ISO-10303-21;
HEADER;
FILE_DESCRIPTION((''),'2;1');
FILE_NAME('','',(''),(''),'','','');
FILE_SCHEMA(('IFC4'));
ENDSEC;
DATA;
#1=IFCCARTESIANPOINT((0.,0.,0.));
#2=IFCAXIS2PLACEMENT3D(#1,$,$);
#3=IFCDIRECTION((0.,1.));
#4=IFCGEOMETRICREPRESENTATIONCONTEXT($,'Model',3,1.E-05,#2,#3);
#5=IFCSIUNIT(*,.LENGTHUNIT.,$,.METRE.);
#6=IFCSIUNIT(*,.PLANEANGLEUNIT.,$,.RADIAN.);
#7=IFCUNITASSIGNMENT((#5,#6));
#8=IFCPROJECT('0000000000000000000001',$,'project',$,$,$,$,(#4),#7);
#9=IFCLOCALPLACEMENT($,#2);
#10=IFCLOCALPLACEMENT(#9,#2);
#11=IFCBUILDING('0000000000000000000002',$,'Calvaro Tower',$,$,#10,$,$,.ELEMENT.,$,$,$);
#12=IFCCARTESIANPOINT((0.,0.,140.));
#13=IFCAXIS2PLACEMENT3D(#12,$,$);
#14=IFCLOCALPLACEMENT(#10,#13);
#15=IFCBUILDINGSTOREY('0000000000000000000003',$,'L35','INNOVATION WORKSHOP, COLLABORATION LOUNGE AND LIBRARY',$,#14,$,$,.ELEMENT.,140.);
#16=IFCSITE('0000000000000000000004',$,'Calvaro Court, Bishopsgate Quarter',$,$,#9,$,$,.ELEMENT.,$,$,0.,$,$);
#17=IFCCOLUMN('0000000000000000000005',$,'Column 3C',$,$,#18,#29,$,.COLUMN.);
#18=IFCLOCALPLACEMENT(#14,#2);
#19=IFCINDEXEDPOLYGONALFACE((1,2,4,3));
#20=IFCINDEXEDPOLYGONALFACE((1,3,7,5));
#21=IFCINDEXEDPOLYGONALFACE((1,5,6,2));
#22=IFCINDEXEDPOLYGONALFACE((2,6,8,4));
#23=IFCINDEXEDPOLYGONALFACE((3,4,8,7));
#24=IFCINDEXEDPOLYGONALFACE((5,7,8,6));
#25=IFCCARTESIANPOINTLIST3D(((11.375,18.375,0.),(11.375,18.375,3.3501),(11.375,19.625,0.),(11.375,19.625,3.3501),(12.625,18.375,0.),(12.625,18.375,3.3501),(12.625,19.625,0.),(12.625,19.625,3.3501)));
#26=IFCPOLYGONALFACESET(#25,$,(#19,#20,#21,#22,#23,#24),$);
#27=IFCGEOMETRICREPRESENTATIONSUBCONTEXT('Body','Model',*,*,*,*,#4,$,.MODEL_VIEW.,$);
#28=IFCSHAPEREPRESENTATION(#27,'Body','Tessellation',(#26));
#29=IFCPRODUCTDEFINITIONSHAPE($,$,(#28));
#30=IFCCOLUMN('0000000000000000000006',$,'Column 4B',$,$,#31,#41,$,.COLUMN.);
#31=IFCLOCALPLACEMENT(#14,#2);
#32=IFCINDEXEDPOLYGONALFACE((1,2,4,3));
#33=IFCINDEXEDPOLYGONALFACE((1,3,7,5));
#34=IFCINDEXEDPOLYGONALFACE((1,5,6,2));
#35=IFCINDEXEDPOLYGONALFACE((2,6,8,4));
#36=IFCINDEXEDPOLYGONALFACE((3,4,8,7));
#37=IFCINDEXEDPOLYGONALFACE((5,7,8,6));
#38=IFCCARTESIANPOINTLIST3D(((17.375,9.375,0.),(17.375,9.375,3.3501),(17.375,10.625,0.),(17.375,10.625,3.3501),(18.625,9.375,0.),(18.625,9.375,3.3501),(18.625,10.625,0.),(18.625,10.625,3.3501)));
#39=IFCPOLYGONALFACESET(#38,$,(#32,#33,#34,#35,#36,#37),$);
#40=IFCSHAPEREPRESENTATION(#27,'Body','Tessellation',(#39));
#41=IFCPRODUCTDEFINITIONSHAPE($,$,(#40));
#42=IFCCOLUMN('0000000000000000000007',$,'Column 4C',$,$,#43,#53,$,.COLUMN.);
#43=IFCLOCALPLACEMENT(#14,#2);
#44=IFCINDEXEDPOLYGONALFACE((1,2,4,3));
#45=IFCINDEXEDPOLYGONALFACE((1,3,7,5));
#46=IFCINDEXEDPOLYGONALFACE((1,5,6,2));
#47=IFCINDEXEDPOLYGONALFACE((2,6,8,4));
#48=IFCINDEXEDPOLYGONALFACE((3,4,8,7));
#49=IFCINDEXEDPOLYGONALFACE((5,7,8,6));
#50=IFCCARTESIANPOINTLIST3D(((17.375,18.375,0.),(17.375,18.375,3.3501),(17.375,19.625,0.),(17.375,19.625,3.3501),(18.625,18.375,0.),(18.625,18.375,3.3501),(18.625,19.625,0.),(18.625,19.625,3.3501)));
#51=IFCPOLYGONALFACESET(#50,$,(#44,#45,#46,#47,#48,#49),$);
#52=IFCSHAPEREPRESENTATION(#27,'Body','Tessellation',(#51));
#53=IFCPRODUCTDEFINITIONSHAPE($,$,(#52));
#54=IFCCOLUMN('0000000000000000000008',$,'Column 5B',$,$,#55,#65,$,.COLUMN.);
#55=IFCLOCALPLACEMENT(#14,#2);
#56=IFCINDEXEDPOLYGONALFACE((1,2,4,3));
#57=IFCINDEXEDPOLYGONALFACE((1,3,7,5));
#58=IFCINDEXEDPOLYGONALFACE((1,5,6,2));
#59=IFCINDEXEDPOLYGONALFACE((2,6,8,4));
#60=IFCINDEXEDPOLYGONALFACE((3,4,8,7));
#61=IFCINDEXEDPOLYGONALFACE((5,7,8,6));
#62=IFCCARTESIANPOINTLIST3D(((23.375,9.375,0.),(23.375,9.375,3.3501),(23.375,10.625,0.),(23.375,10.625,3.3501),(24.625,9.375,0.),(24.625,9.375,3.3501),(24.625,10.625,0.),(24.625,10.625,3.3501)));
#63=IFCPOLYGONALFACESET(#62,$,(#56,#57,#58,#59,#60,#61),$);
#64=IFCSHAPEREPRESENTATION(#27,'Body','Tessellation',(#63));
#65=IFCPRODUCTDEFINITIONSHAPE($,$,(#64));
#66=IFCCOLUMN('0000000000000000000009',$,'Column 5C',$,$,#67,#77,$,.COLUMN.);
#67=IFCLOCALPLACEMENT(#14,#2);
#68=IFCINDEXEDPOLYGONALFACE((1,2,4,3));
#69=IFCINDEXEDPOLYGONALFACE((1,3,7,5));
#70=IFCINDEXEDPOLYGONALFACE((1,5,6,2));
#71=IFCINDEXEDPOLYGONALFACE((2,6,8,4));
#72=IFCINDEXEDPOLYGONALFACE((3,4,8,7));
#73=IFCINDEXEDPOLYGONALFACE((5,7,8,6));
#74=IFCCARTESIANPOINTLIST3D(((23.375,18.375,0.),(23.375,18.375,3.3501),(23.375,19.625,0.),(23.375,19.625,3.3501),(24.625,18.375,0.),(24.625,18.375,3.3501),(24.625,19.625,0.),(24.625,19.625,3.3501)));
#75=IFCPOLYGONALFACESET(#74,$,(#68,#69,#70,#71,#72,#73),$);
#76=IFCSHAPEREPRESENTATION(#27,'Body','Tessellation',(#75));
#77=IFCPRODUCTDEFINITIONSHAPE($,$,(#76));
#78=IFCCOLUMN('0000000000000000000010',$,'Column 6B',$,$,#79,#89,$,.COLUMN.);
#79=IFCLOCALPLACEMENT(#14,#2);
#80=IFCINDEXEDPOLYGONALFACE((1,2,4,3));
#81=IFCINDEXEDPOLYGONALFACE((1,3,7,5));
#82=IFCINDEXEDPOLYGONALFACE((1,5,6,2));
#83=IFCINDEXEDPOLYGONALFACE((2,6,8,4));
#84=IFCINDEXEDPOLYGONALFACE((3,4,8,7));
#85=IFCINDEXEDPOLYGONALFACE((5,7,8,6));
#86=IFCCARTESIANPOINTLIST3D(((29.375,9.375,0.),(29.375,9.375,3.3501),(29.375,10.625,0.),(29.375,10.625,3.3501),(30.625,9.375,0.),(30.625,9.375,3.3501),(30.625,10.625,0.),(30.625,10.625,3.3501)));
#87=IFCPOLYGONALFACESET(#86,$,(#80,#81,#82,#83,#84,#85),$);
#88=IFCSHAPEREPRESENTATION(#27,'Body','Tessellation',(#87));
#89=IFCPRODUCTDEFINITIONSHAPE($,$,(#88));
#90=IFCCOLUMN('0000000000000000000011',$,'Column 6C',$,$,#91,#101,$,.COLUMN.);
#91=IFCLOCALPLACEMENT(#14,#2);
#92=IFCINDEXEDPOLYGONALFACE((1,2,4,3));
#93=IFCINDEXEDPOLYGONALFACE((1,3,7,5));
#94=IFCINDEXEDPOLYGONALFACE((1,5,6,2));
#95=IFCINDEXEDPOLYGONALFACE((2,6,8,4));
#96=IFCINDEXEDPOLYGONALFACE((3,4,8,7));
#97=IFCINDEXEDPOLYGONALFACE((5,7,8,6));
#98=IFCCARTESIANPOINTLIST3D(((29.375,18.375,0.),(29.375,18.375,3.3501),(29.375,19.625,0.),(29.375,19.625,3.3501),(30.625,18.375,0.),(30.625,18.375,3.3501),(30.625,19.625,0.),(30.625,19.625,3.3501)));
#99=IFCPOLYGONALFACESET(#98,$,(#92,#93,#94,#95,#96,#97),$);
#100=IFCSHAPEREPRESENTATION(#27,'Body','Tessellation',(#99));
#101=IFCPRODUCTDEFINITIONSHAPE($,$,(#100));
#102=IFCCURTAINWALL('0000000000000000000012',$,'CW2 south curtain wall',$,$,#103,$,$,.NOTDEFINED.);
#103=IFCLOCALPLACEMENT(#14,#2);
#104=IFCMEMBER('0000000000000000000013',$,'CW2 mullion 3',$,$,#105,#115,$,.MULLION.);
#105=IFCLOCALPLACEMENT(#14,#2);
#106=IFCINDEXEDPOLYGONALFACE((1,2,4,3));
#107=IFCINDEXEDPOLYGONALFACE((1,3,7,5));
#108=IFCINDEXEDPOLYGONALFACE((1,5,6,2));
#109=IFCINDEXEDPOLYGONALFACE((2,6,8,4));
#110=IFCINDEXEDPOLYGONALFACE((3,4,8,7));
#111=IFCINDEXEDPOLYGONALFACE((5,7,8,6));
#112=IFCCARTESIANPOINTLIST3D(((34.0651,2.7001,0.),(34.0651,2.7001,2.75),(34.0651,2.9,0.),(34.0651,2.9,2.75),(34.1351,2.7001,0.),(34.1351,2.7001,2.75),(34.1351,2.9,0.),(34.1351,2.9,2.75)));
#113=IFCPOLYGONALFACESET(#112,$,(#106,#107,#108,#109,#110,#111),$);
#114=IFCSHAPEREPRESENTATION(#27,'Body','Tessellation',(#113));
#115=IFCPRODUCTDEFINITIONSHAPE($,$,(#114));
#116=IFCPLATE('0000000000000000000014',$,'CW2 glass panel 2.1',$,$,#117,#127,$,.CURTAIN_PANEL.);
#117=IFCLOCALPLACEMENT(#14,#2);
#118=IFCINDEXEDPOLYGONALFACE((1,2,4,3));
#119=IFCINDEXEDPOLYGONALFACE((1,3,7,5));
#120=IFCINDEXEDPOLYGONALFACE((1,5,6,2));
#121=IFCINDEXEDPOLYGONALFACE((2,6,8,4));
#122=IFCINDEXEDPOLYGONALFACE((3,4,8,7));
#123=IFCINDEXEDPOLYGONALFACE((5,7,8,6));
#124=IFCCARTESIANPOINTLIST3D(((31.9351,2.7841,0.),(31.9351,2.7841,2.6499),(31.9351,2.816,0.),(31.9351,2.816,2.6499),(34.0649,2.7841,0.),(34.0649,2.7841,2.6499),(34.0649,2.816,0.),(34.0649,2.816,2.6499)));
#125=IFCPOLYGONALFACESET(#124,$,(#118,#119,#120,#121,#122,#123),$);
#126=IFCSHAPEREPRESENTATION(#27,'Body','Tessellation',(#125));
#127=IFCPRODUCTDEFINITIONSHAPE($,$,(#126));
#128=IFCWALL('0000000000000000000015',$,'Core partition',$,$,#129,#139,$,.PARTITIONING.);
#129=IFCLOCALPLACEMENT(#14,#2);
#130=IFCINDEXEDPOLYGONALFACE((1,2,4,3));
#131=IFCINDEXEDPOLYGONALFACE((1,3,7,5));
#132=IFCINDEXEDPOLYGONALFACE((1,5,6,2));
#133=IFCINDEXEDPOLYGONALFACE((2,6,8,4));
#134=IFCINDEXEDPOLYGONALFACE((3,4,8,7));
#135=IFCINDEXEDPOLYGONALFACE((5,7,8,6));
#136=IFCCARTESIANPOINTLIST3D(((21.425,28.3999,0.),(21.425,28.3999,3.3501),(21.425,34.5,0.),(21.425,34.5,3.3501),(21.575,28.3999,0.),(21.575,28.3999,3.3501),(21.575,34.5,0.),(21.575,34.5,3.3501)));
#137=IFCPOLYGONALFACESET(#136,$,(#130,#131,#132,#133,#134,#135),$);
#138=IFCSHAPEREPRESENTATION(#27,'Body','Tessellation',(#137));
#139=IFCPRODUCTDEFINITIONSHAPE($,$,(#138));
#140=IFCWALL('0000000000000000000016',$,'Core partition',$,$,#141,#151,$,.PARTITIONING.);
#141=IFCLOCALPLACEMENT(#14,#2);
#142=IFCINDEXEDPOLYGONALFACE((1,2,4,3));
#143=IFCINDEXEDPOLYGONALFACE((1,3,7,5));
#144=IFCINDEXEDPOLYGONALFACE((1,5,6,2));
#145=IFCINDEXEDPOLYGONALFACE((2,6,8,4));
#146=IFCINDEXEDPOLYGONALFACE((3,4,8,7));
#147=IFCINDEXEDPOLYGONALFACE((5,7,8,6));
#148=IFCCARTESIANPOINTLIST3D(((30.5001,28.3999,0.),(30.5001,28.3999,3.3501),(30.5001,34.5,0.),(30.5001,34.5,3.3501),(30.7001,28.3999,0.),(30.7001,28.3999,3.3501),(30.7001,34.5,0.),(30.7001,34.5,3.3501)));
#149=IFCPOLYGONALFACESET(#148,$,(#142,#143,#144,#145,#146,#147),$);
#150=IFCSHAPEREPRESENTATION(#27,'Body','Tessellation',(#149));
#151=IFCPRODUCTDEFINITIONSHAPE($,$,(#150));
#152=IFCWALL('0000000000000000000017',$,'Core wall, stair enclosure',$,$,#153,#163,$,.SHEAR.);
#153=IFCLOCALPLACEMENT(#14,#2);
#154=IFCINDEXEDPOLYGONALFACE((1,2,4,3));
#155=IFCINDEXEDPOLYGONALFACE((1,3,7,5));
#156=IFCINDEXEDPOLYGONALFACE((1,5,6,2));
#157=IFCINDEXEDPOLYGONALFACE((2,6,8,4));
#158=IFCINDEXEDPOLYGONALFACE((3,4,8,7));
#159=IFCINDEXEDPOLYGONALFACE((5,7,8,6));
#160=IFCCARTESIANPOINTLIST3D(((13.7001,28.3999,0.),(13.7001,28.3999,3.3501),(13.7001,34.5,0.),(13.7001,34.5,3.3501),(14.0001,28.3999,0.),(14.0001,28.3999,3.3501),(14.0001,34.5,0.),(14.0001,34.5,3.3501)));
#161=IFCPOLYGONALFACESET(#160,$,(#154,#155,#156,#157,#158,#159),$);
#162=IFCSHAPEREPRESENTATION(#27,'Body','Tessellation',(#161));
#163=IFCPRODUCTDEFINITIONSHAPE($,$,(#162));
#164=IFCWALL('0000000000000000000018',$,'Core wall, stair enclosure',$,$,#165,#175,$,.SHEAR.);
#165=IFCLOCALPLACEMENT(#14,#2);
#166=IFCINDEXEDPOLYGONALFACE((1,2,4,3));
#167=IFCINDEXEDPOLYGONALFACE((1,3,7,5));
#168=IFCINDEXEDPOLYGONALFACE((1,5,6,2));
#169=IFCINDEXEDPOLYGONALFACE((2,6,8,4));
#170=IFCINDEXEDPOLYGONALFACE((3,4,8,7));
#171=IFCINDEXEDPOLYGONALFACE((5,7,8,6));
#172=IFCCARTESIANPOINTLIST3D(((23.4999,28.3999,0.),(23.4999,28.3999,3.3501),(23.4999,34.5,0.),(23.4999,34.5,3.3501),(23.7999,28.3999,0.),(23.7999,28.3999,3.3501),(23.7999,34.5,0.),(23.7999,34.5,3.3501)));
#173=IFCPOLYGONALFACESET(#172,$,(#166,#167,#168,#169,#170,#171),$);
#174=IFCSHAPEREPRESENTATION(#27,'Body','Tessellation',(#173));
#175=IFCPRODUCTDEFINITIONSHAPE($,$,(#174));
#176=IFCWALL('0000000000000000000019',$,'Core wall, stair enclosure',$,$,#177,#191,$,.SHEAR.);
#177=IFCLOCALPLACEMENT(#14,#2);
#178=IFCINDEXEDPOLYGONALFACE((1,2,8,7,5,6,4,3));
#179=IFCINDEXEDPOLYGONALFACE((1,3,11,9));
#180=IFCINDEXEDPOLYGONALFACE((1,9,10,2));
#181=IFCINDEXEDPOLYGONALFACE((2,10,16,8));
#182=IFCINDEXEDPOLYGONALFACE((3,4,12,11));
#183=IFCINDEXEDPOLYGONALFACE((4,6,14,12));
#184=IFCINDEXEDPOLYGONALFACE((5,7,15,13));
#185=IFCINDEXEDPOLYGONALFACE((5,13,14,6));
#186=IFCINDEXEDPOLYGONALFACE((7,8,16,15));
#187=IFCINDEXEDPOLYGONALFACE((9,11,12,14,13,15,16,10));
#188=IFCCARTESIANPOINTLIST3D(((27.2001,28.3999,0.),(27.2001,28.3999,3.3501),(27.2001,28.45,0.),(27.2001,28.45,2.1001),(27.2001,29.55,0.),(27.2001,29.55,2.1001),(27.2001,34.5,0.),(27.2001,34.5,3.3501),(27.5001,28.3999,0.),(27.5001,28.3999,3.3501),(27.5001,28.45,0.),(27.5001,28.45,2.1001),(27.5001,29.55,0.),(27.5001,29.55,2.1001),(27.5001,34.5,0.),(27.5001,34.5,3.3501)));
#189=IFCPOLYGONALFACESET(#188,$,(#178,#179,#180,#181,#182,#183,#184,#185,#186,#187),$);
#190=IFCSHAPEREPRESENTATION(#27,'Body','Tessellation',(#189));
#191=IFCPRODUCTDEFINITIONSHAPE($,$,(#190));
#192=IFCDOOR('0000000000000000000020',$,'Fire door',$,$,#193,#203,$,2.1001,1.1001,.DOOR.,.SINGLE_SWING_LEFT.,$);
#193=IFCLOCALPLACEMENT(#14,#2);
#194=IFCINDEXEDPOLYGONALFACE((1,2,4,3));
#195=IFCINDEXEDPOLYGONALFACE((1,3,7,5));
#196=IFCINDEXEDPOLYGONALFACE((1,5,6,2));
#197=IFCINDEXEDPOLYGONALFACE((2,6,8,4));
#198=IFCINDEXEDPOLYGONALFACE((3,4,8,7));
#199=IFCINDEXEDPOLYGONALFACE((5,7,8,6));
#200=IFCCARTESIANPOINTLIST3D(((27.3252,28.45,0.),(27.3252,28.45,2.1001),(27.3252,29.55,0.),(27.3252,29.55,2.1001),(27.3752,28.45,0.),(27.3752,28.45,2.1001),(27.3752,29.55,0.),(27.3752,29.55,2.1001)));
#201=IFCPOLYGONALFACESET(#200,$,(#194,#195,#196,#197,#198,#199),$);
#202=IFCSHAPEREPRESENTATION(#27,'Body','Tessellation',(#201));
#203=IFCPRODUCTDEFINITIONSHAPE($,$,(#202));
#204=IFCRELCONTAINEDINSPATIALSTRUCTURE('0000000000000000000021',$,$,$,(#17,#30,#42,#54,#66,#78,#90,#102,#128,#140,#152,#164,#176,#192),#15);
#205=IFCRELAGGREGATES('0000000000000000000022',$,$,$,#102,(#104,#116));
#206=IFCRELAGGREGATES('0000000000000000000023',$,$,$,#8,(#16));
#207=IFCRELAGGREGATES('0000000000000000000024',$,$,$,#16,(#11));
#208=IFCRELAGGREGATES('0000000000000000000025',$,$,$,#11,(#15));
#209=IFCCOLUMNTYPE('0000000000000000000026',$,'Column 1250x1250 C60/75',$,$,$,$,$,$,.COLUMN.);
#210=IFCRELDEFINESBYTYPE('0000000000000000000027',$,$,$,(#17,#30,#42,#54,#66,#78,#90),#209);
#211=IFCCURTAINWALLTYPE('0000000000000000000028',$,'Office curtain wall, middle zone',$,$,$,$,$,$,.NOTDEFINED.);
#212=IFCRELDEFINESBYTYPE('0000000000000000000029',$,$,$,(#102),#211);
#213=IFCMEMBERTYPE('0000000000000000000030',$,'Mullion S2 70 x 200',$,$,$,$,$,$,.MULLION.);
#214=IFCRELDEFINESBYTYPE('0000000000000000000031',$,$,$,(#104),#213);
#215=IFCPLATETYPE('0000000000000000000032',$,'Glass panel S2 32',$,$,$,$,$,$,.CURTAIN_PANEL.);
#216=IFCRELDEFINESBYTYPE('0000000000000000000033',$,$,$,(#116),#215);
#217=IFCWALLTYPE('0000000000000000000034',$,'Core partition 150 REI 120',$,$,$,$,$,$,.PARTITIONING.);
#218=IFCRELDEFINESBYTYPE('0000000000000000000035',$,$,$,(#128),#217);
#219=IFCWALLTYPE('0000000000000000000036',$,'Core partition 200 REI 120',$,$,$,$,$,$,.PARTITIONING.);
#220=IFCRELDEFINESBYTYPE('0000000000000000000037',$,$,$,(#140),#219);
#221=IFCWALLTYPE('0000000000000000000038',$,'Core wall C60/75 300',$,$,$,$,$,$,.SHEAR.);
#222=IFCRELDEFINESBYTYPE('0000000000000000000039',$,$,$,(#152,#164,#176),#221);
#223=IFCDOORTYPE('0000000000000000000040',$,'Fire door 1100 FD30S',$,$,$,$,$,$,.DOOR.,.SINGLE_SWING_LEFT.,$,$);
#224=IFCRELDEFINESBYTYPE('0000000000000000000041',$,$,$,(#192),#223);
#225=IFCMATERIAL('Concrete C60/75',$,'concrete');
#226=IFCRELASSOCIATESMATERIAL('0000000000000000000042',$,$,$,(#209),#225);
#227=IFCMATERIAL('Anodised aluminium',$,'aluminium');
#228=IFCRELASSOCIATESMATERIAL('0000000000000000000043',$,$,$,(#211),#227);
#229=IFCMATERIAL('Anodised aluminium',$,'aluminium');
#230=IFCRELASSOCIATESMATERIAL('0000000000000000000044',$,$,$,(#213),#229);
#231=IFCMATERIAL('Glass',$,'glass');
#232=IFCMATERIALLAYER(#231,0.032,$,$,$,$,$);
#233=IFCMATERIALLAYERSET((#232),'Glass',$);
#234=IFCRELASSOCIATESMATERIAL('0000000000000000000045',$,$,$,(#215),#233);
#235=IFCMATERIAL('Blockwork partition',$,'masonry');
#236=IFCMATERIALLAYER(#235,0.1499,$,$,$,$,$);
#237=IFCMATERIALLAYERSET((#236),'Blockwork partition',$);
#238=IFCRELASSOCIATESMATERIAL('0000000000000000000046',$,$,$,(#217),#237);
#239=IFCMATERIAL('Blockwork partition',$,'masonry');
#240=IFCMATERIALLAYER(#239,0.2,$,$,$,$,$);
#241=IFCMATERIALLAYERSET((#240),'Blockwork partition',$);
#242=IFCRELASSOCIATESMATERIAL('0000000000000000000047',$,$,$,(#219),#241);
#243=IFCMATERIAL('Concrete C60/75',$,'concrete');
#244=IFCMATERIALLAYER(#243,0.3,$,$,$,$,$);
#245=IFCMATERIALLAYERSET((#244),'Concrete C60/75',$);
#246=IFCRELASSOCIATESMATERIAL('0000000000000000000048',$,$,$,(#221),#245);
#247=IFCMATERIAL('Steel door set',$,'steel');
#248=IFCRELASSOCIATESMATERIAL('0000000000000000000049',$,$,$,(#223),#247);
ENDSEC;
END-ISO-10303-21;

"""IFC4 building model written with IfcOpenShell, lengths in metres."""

from ifc_helpers import new_model, si_unit, direction, frame, frame_2d, origin, origin_2d, place, context, subcontext, project, spatial, rectangle, extrude, material, layer, layer_set, material_profile, profile_set, type_object, element, fill, aggregate, save


model = new_model("IFC4")

# Units and contexts
model_context = context("Model", 3, precision=1e-05, world=origin(), true_north=direction((0.0, 1.0)))
body_context = subcontext(model_context, "Body", "Model", "MODEL_VIEW")
ifc_project = project(units=[si_unit("LENGTHUNIT", "METRE"), si_unit("PLANEANGLEUNIT", "RADIAN")], contexts=[model_context])

# Site, building, storey
site_placement = place(None, origin())
site = spatial("IfcSite", under=ifc_project, at=site_placement, Name="Calvaro Court, Bishopsgate Quarter", CompositionType="ELEMENT", RefElevation=0.0)
building_placement = place(site_placement, origin())
building = spatial("IfcBuilding", under=site, at=building_placement, Name="Calvaro Tower", CompositionType="ELEMENT")
storey_placement = place(building_placement, frame((0.0, 0.0, 140.0)))
storey = spatial("IfcBuildingStorey", under=building, at=storey_placement, Name="L35", Description="INNOVATION WORKSHOP, COLLABORATION LOUNGE AND LIBRARY", CompositionType="ELEMENT", Elevation=140.0)

# Columns
ifc_material_1 = material(Name="Concrete C60/75", Category="concrete")
ifc_material_profile_1 = material_profile(ifc_material_1, rectangle(XDim=1.25, YDim=1.25, at=origin_2d()), Name="RC 1250x1250")
ifc_profile_set_1 = profile_set([ifc_material_profile_1], Name="Concrete C60/75")
column_type = type_object("IfcColumnType", Name="Column 1250x1250 C60/75", PredefinedType="COLUMN", material=ifc_profile_set_1)
for number, where, z_axis, x_axis, name in (
    (1, (12.0, 19.0, 0.0), (0.0, 0.0, 1.0), (1.0, 0.0, 0.0), "Column 3C"),
    (2, (18.0, 10.0, 0.0), (0.0, 0.0, 1.0), (1.0, 0.0, 0.0), "Column 4B"),
    (3, (18.0, 19.0, 0.0), (0.0, 0.0, 1.0), (1.0, 0.0, 0.0), "Column 4C"),
    (4, (24.0, 10.0, 0.0), (0.0, 0.0, 1.0), (1.0, 0.0, 0.0), "Column 5B"),
    (5, (24.0, 19.0, 0.0), (0.0, 0.0, 1.0), (1.0, 0.0, 0.0), "Column 5C"),
    (6, (30.0, 10.0, 0.0), (0.0, 0.0, 1.0), (1.0, 0.0, 0.0), "Column 6B"),
    (7, (30.0, 19.0, 0.0), (0.0, 0.0, 1.0), (1.0, 0.0, 0.0), "Column 6C"),
):
    element("IfcColumn", number, at=place(storey_placement, frame(where, z_axis=z_axis, x_axis=x_axis)), inside=storey, type_object=column_type, Name=name, PredefinedType="COLUMN", context=body_context, shape_type="SweptSolid", body=[
        extrude(rectangle(XDim=1.25, YDim=1.25, at=origin_2d()), origin(), (0.0, 0.0, 1.0), 3.3501),
    ])

# Curtain wall, member, plate
ifc_material_2 = material(Name="Anodised aluminium", Category="aluminium")
curtain_wall_type = type_object("IfcCurtainWallType", Name="Office curtain wall, middle zone", PredefinedType="NOTDEFINED", material=ifc_material_2)
curtain_wall_placement = place(storey_placement, origin())
curtain_wall = element("IfcCurtainWall", 8, at=curtain_wall_placement, inside=storey, type_object=curtain_wall_type, Name="CW2 south curtain wall", PredefinedType="NOTDEFINED")
ifc_material_3 = material(Name="Anodised aluminium", Category="aluminium")
ifc_material_profile_2 = material_profile(ifc_material_3, rectangle(XDim=0.2, YDim=0.0701, at=origin_2d()), Name="Mullion S2 70 x 200")
ifc_profile_set_2 = profile_set([ifc_material_profile_2], Name="Anodised aluminium")
member_type = type_object("IfcMemberType", Name="Mullion S2 70 x 200", PredefinedType="MULLION", material=ifc_profile_set_2)
member_placement = place(storey_placement, frame((34.1001, 2.8, 0.0), z_axis=(0.0, 0.0, 1.0), x_axis=(0.0, 1.0, 0.0)))
member = element("IfcMember", 9, at=member_placement, type_object=member_type, Name="CW2 mullion 3", PredefinedType="MULLION", context=body_context, shape_type="SweptSolid", body=[
    extrude(rectangle(XDim=0.2, YDim=0.0701, at=origin_2d()), origin(), (0.0, 0.0, 1.0), 2.75),
])
ifc_material_4 = material(Name="Glass", Category="glass")
ifc_layer_1 = layer(ifc_material_4, 0.032)
ifc_layer_set_1 = layer_set([ifc_layer_1], Name="Glass")
plate_type = type_object("IfcPlateType", Name="Glass panel S2 32", PredefinedType="CURTAIN_PANEL", material=ifc_layer_set_1)
plate_placement = place(storey_placement, frame((33.0, 2.8, 0.0), z_axis=(0.0, 0.0, 1.0), x_axis=(1.0, 0.0, 0.0)))
plate = element("IfcPlate", 10, at=plate_placement, type_object=plate_type, Name="CW2 glass panel 2.1", PredefinedType="CURTAIN_PANEL", context=body_context, shape_type="SweptSolid", body=[
    extrude(rectangle(XDim=2.1299, YDim=0.032, at=origin_2d()), origin(), (0.0, 0.0, 1.0), 2.6499),
])
aggregate(curtain_wall, [member, plate])

# Walls
ifc_material_5 = material(Name="Blockwork partition", Category="masonry")
ifc_layer_2 = layer(ifc_material_5, 0.1499)
ifc_layer_set_2 = layer_set([ifc_layer_2], Name="Blockwork partition")
wall_type_1 = type_object("IfcWallType", Name="Core partition 150 REI 120", PredefinedType="PARTITIONING", material=ifc_layer_set_2)
wall_1_placement = place(storey_placement, frame((21.5, 28.3999, 0.0), z_axis=(0.0, 0.0, 1.0), x_axis=(0.0, 1.0, 0.0)))
element("IfcWall", 11, at=wall_1_placement, inside=storey, type_object=wall_type_1, Name="Core partition", PredefinedType="PARTITIONING", context=body_context, shape_type="SweptSolid", body=[
    extrude(rectangle(XDim=6.1001, YDim=0.1499, at=frame_2d((3.05, 0.0))), origin(), (0.0, 0.0, 1.0), 3.3501),
])
ifc_material_6 = material(Name="Blockwork partition", Category="masonry")
ifc_layer_3 = layer(ifc_material_6, 0.2)
ifc_layer_set_3 = layer_set([ifc_layer_3], Name="Blockwork partition")
wall_type_2 = type_object("IfcWallType", Name="Core partition 200 REI 120", PredefinedType="PARTITIONING", material=ifc_layer_set_3)
wall_2_placement = place(storey_placement, frame((30.6001, 28.3999, 0.0), z_axis=(0.0, 0.0, 1.0), x_axis=(0.0, 1.0, 0.0)))
element("IfcWall", 12, at=wall_2_placement, inside=storey, type_object=wall_type_2, Name="Core partition", PredefinedType="PARTITIONING", context=body_context, shape_type="SweptSolid", body=[
    extrude(rectangle(XDim=6.1001, YDim=0.2, at=frame_2d((3.05, 0.0))), origin(), (0.0, 0.0, 1.0), 3.3501),
])
ifc_material_7 = material(Name="Concrete C60/75", Category="concrete")
ifc_layer_4 = layer(ifc_material_7, 0.3)
ifc_layer_set_4 = layer_set([ifc_layer_4], Name="Concrete C60/75")
wall_type_3 = type_object("IfcWallType", Name="Core wall C60/75 300", PredefinedType="SHEAR", material=ifc_layer_set_4)
for number, where, z_axis, x_axis, name in (
    (13, (13.8501, 28.3999, 0.0), (0.0, 0.0, 1.0), (0.0, 1.0, 0.0), "Core wall, stair enclosure"),
    (14, (23.6499, 28.3999, 0.0), (0.0, 0.0, 1.0), (0.0, 1.0, 0.0), "Core wall, stair enclosure"),
):
    element("IfcWall", number, at=place(storey_placement, frame(where, z_axis=z_axis, x_axis=x_axis)), inside=storey, type_object=wall_type_3, Name=name, PredefinedType="SHEAR", context=body_context, shape_type="SweptSolid", body=[
        extrude(rectangle(XDim=6.1001, YDim=0.3, at=frame_2d((3.05, 0.0))), origin(), (0.0, 0.0, 1.0), 3.3501),
    ])

# Wall, opening, door
wall_3_placement = place(storey_placement, frame((27.3501, 28.3999, 0.0), z_axis=(0.0, 0.0, 1.0), x_axis=(0.0, 1.0, 0.0)))
wall_3 = element("IfcWall", 15, at=wall_3_placement, inside=storey, type_object=wall_type_3, Name="Core wall, stair enclosure", PredefinedType="SHEAR", context=body_context, shape_type="SweptSolid", body=[
    extrude(rectangle(XDim=6.1001, YDim=0.3, at=frame_2d((3.05, 0.0))), origin(), (0.0, 0.0, 1.0), 3.3501),
])
opening_1_placement = place(wall_3_placement, frame((0.05, 0.0, 0.0)))
opening_1 = element("IfcOpeningElement", 16, at=opening_1_placement, cuts=wall_3, PredefinedType="OPENING", context=body_context, shape_type="SweptSolid", body=[
    extrude(rectangle(XDim=1.1001, YDim=2.1001, at=frame_2d((0.55, 1.05))), frame((0.0, 0.1599, 0.0), z_axis=(0.0, -1.0, 0.0), x_axis=(1.0, 0.0, 0.0)), (0.0, 0.0, 1.0), 0.3201),
])
ifc_material_8 = material(Name="Steel door set", Category="steel")
door_type_1 = type_object("IfcDoorType", Name="Fire door 1100 FD30S", OperationType="SINGLE_SWING_LEFT", PredefinedType="DOOR", material=ifc_material_8)
door_1_placement = place(opening_1_placement, origin())
door_1 = element("IfcDoor", 17, at=door_1_placement, inside=storey, type_object=door_type_1, Name="Fire door", OperationType="SINGLE_SWING_LEFT", OverallHeight=2.1001, OverallWidth=1.1001, PredefinedType="DOOR", context=body_context, shape_type="SweptSolid", body=[
    extrude(rectangle(XDim=1.1001, YDim=2.1001, at=frame_2d((0.55, 1.05))), frame((0.0, 0.0249, 0.0), z_axis=(0.0, -1.0, 0.0), x_axis=(1.0, 0.0, 0.0)), (0.0, 0.0, 1.0), 0.05),
])
fill(opening_1, door_1)

save(model, "model.ifc")
